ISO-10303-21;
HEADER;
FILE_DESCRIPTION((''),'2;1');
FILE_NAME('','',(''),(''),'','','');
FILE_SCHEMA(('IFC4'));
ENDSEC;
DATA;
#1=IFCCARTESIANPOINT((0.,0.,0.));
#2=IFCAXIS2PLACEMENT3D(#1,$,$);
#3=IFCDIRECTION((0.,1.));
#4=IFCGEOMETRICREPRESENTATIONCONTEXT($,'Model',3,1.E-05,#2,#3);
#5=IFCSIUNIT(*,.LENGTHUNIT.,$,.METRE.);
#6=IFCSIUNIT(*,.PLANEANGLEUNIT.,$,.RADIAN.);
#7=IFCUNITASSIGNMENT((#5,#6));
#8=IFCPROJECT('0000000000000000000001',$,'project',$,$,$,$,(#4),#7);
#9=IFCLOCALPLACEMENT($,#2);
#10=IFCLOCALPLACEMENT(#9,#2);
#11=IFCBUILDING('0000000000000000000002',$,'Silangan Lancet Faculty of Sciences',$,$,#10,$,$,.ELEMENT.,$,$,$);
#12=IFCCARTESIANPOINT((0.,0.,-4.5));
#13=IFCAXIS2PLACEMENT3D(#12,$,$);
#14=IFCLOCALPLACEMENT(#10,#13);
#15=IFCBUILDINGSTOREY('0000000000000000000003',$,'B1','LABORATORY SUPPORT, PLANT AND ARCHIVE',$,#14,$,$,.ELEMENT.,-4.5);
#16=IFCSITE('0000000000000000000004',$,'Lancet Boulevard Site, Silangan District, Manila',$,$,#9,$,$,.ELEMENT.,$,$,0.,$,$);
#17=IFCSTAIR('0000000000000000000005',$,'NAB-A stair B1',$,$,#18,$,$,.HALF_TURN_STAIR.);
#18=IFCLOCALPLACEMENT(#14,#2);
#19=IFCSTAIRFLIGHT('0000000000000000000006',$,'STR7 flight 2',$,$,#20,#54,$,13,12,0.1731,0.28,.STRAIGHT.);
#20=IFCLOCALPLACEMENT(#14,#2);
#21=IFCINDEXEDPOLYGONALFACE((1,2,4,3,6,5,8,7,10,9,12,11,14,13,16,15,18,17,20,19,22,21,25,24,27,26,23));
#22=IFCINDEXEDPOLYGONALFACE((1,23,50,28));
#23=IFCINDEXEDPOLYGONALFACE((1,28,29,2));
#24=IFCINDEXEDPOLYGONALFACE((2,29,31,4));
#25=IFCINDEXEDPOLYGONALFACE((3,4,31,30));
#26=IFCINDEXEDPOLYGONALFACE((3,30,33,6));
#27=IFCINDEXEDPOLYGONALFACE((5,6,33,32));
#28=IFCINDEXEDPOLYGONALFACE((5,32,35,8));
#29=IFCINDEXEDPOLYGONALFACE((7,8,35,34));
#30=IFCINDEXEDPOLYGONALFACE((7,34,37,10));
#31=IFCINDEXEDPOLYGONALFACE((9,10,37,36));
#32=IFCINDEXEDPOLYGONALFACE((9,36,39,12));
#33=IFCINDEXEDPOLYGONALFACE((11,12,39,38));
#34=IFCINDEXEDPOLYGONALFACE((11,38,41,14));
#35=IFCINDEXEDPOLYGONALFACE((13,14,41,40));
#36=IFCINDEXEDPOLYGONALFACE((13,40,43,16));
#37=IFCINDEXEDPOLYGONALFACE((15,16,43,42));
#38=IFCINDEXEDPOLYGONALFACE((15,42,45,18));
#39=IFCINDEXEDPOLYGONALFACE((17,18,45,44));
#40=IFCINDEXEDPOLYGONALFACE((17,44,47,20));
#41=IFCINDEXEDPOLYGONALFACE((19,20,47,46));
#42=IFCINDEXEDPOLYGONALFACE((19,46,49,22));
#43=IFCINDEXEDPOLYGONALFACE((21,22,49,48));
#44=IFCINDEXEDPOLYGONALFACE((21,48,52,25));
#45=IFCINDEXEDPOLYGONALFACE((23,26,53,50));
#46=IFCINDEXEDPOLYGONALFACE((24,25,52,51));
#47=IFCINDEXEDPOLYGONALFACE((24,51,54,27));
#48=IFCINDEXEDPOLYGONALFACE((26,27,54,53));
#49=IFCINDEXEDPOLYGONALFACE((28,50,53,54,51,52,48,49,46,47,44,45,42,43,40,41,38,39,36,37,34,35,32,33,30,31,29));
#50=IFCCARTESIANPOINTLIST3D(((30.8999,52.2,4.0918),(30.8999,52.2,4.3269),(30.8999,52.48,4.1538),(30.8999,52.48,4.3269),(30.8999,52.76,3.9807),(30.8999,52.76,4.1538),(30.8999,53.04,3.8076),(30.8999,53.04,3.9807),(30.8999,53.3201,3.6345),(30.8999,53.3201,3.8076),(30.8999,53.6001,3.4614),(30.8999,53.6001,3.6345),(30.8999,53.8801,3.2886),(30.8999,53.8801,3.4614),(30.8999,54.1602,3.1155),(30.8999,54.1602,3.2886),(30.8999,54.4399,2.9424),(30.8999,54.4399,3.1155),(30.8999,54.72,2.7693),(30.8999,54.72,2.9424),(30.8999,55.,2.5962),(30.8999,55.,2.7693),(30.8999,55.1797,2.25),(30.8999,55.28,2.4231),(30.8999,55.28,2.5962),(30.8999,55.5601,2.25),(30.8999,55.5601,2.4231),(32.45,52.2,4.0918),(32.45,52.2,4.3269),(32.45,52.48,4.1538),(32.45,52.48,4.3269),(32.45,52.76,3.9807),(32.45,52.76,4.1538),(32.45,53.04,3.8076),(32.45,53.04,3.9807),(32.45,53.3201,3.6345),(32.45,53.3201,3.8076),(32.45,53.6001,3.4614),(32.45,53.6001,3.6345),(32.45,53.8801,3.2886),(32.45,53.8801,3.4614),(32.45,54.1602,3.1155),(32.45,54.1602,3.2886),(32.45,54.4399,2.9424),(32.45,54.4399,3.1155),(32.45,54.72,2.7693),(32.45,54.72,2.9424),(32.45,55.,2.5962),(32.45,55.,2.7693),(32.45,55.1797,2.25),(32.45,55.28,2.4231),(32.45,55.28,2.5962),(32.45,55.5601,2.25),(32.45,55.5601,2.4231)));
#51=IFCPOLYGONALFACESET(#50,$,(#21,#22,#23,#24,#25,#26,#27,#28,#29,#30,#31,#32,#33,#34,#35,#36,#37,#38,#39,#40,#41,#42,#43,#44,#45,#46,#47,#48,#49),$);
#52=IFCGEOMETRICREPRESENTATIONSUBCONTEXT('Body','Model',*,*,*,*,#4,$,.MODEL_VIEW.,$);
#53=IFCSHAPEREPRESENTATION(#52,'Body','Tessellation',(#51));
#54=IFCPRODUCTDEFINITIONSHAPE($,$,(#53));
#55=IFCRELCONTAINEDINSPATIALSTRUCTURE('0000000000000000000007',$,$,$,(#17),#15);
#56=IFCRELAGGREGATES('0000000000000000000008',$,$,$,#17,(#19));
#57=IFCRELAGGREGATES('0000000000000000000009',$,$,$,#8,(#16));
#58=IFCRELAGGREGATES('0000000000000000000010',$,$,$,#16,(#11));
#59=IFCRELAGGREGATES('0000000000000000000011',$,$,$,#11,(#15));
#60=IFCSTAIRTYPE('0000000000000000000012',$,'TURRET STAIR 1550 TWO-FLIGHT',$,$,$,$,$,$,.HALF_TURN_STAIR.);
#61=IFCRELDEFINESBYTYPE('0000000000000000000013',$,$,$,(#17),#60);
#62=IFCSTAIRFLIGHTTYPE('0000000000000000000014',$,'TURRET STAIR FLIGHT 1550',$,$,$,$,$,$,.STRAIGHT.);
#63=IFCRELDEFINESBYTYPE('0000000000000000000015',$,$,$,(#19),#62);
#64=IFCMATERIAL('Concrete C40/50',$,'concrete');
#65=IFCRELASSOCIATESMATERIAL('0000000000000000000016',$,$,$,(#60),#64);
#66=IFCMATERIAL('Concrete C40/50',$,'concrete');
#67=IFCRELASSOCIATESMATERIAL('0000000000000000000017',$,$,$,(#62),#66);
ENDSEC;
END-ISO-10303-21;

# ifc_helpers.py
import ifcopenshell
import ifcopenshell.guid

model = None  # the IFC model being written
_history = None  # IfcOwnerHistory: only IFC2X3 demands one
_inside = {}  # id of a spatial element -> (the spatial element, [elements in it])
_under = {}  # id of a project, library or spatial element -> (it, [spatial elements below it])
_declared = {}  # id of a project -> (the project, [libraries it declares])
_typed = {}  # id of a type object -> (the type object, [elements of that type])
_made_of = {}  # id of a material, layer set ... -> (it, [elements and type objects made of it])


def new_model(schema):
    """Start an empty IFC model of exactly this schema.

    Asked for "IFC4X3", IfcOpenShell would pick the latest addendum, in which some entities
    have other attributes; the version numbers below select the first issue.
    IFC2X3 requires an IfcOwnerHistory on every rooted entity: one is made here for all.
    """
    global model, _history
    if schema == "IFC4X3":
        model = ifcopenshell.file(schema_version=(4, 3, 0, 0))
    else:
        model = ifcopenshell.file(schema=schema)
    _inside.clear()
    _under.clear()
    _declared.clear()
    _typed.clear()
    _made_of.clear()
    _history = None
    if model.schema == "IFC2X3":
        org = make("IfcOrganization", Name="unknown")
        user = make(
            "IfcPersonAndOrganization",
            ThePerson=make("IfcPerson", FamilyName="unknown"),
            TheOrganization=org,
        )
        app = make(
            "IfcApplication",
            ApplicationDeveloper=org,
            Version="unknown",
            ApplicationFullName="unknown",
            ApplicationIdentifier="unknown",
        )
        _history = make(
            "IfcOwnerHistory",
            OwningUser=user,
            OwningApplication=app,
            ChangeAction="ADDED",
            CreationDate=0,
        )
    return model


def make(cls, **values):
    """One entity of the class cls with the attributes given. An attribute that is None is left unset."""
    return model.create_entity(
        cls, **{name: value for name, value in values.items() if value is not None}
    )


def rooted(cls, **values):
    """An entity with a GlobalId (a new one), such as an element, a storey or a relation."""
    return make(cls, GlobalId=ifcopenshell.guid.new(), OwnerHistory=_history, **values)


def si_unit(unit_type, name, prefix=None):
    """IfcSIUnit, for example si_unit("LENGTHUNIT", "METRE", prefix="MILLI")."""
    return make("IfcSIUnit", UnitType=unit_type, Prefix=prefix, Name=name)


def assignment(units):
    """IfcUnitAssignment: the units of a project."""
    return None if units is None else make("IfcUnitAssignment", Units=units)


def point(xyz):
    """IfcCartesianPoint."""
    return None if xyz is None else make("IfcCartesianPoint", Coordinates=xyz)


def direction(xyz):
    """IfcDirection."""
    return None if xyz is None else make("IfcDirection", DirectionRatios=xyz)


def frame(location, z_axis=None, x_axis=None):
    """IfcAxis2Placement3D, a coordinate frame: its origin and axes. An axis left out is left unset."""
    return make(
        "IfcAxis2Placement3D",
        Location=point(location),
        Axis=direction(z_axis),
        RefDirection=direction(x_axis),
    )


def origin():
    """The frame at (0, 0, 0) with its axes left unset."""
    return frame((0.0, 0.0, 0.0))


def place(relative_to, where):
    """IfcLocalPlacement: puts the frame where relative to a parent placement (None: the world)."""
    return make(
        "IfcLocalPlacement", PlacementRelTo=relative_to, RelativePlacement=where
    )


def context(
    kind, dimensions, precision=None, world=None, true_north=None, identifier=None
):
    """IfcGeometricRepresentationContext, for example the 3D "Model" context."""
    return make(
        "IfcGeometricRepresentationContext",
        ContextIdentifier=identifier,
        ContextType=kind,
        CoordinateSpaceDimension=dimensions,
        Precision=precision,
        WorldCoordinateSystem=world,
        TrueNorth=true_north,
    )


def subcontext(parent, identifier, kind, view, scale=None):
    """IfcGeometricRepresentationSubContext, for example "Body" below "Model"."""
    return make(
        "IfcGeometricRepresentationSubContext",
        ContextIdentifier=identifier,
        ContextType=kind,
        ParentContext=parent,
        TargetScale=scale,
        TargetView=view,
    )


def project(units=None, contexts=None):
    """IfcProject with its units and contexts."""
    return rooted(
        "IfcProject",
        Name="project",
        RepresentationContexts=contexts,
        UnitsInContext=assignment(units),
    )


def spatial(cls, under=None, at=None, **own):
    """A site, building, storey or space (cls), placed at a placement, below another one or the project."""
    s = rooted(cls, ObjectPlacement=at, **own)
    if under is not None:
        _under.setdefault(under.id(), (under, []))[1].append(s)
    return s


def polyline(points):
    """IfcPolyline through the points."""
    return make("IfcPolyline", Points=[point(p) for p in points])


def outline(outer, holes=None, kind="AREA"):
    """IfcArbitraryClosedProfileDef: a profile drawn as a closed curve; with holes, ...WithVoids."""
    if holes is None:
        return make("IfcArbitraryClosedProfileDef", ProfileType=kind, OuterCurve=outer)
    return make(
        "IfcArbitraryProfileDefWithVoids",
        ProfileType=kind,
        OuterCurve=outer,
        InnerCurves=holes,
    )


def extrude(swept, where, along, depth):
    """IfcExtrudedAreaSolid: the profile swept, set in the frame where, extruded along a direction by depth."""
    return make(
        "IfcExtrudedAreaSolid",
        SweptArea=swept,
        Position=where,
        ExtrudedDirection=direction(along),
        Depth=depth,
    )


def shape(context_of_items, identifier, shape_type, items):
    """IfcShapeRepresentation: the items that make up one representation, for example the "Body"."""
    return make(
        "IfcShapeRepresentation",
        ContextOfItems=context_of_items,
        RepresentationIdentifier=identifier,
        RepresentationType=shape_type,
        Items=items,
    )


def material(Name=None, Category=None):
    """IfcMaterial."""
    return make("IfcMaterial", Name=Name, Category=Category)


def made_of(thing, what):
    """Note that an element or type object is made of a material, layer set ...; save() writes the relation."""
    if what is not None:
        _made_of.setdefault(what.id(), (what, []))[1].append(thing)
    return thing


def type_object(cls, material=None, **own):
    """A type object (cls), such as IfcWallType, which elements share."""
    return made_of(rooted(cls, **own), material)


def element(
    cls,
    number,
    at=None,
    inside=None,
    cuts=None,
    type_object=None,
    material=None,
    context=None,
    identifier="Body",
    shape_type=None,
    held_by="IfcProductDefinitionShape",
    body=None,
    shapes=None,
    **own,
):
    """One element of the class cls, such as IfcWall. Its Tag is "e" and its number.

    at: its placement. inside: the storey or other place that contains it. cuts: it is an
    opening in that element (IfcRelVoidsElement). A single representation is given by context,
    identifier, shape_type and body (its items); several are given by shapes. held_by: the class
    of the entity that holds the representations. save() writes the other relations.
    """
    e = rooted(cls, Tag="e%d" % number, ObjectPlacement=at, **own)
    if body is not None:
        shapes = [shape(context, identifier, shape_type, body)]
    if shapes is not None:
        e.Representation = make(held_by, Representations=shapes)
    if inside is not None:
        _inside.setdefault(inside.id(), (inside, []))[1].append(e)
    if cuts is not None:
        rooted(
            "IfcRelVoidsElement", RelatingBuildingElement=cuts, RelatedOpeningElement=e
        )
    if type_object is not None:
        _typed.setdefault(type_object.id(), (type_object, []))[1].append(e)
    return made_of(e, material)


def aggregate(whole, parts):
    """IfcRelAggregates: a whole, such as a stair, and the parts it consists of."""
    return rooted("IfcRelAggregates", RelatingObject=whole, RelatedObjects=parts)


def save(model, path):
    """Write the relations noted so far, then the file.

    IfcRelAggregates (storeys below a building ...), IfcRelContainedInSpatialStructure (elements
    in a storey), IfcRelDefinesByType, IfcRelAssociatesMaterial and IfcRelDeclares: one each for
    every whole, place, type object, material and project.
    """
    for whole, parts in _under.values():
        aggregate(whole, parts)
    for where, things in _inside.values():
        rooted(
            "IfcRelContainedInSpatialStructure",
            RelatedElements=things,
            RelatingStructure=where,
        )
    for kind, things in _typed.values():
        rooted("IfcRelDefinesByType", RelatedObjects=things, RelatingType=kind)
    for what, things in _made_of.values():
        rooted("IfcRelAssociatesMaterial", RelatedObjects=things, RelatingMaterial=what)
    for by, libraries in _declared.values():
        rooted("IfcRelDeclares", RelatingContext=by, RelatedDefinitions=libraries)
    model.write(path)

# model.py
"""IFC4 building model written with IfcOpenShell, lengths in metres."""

from ifc_helpers import new_model, si_unit, direction, frame, origin, place, context, subcontext, project, spatial, polyline, outline, extrude, material, type_object, element, aggregate, save


model = new_model("IFC4")

# Units and contexts
model_context = context("Model", 3, precision=1e-05, world=origin(), true_north=direction((0.0, 1.0)))
body_context = subcontext(model_context, "Body", "Model", "MODEL_VIEW")
ifc_project = project(units=[si_unit("LENGTHUNIT", "METRE"), si_unit("PLANEANGLEUNIT", "RADIAN")], contexts=[model_context])

# Site, building, storey
site_placement = place(None, origin())
site = spatial("IfcSite", under=ifc_project, at=site_placement, Name="Lancet Boulevard Site, Silangan District, Manila", CompositionType="ELEMENT", RefElevation=0.0)
building_placement = place(site_placement, origin())
building = spatial("IfcBuilding", under=site, at=building_placement, Name="Silangan Lancet Faculty of Sciences", CompositionType="ELEMENT")
storey_placement = place(building_placement, frame((0.0, 0.0, -4.5)))
storey = spatial("IfcBuildingStorey", under=building, at=storey_placement, Name="B1", Description="LABORATORY SUPPORT, PLANT AND ARCHIVE", CompositionType="ELEMENT", Elevation=-4.5)

# Stair, stair flight
ifc_material_1 = material(Name="Concrete C40/50", Category="concrete")
stair_type = type_object("IfcStairType", Name="TURRET STAIR 1550 TWO-FLIGHT", PredefinedType="HALF_TURN_STAIR", material=ifc_material_1)
stair_placement = place(storey_placement, origin())
stair = element("IfcStair", 1, at=stair_placement, inside=storey, type_object=stair_type, Name="NAB-A stair B1", PredefinedType="HALF_TURN_STAIR")
ifc_material_2 = material(Name="Concrete C40/50", Category="concrete")
stair_flight_type = type_object("IfcStairFlightType", Name="TURRET STAIR FLIGHT 1550", PredefinedType="STRAIGHT", material=ifc_material_2)
stair_flight_1_placement = place(storey_placement, frame((31.675, 55.5601, 2.25), z_axis=(0.0, 0.0, 1.0), x_axis=(0.0, -1.0, 0.0)))
stair_flight_1 = element("IfcStairFlight", 2, at=stair_flight_1_placement, type_object=stair_flight_type, Name="STR7 flight 2", NumberOfRisers=13, NumberOfTreads=12, PredefinedType="STRAIGHT", RiserHeight=0.1731, TreadLength=0.28, context=body_context, shape_type="SweptSolid", body=[
    extrude(outline(polyline([(0.0, 0.0), (0.0, 0.1731), (0.28, 0.1731), (0.28, 0.3462), (0.5601, 0.3462), (0.5601, 0.5193), (0.8401, 0.5193), (0.8401, 0.6924), (1.1201, 0.6924), (1.1201, 0.8655), (1.3999, 0.8655), (1.3999, 1.0386), (1.6799, 1.0386), (1.6799, 1.2114), (1.96, 1.2114), (1.96, 1.3845), (2.24, 1.3845), (2.24, 1.5576), (2.52, 1.5576), (2.52, 1.7307), (2.8, 1.7307), (2.8, 1.9038), (3.0801, 1.9038), (3.0801, 2.0769), (3.3601, 2.0769), (3.3601, 2.25), (3.3601, 1.8418), (0.3804, 0.0), (0.0, 0.0)])), frame((0.0, 0.7749, 0.0), z_axis=(0.0, -1.0, 0.0), x_axis=(1.0, 0.0, 0.0)), (0.0, 0.0, 1.0), 1.55),
])
aggregate(stair, [stair_flight_1])

save(model, "model.ifc")
